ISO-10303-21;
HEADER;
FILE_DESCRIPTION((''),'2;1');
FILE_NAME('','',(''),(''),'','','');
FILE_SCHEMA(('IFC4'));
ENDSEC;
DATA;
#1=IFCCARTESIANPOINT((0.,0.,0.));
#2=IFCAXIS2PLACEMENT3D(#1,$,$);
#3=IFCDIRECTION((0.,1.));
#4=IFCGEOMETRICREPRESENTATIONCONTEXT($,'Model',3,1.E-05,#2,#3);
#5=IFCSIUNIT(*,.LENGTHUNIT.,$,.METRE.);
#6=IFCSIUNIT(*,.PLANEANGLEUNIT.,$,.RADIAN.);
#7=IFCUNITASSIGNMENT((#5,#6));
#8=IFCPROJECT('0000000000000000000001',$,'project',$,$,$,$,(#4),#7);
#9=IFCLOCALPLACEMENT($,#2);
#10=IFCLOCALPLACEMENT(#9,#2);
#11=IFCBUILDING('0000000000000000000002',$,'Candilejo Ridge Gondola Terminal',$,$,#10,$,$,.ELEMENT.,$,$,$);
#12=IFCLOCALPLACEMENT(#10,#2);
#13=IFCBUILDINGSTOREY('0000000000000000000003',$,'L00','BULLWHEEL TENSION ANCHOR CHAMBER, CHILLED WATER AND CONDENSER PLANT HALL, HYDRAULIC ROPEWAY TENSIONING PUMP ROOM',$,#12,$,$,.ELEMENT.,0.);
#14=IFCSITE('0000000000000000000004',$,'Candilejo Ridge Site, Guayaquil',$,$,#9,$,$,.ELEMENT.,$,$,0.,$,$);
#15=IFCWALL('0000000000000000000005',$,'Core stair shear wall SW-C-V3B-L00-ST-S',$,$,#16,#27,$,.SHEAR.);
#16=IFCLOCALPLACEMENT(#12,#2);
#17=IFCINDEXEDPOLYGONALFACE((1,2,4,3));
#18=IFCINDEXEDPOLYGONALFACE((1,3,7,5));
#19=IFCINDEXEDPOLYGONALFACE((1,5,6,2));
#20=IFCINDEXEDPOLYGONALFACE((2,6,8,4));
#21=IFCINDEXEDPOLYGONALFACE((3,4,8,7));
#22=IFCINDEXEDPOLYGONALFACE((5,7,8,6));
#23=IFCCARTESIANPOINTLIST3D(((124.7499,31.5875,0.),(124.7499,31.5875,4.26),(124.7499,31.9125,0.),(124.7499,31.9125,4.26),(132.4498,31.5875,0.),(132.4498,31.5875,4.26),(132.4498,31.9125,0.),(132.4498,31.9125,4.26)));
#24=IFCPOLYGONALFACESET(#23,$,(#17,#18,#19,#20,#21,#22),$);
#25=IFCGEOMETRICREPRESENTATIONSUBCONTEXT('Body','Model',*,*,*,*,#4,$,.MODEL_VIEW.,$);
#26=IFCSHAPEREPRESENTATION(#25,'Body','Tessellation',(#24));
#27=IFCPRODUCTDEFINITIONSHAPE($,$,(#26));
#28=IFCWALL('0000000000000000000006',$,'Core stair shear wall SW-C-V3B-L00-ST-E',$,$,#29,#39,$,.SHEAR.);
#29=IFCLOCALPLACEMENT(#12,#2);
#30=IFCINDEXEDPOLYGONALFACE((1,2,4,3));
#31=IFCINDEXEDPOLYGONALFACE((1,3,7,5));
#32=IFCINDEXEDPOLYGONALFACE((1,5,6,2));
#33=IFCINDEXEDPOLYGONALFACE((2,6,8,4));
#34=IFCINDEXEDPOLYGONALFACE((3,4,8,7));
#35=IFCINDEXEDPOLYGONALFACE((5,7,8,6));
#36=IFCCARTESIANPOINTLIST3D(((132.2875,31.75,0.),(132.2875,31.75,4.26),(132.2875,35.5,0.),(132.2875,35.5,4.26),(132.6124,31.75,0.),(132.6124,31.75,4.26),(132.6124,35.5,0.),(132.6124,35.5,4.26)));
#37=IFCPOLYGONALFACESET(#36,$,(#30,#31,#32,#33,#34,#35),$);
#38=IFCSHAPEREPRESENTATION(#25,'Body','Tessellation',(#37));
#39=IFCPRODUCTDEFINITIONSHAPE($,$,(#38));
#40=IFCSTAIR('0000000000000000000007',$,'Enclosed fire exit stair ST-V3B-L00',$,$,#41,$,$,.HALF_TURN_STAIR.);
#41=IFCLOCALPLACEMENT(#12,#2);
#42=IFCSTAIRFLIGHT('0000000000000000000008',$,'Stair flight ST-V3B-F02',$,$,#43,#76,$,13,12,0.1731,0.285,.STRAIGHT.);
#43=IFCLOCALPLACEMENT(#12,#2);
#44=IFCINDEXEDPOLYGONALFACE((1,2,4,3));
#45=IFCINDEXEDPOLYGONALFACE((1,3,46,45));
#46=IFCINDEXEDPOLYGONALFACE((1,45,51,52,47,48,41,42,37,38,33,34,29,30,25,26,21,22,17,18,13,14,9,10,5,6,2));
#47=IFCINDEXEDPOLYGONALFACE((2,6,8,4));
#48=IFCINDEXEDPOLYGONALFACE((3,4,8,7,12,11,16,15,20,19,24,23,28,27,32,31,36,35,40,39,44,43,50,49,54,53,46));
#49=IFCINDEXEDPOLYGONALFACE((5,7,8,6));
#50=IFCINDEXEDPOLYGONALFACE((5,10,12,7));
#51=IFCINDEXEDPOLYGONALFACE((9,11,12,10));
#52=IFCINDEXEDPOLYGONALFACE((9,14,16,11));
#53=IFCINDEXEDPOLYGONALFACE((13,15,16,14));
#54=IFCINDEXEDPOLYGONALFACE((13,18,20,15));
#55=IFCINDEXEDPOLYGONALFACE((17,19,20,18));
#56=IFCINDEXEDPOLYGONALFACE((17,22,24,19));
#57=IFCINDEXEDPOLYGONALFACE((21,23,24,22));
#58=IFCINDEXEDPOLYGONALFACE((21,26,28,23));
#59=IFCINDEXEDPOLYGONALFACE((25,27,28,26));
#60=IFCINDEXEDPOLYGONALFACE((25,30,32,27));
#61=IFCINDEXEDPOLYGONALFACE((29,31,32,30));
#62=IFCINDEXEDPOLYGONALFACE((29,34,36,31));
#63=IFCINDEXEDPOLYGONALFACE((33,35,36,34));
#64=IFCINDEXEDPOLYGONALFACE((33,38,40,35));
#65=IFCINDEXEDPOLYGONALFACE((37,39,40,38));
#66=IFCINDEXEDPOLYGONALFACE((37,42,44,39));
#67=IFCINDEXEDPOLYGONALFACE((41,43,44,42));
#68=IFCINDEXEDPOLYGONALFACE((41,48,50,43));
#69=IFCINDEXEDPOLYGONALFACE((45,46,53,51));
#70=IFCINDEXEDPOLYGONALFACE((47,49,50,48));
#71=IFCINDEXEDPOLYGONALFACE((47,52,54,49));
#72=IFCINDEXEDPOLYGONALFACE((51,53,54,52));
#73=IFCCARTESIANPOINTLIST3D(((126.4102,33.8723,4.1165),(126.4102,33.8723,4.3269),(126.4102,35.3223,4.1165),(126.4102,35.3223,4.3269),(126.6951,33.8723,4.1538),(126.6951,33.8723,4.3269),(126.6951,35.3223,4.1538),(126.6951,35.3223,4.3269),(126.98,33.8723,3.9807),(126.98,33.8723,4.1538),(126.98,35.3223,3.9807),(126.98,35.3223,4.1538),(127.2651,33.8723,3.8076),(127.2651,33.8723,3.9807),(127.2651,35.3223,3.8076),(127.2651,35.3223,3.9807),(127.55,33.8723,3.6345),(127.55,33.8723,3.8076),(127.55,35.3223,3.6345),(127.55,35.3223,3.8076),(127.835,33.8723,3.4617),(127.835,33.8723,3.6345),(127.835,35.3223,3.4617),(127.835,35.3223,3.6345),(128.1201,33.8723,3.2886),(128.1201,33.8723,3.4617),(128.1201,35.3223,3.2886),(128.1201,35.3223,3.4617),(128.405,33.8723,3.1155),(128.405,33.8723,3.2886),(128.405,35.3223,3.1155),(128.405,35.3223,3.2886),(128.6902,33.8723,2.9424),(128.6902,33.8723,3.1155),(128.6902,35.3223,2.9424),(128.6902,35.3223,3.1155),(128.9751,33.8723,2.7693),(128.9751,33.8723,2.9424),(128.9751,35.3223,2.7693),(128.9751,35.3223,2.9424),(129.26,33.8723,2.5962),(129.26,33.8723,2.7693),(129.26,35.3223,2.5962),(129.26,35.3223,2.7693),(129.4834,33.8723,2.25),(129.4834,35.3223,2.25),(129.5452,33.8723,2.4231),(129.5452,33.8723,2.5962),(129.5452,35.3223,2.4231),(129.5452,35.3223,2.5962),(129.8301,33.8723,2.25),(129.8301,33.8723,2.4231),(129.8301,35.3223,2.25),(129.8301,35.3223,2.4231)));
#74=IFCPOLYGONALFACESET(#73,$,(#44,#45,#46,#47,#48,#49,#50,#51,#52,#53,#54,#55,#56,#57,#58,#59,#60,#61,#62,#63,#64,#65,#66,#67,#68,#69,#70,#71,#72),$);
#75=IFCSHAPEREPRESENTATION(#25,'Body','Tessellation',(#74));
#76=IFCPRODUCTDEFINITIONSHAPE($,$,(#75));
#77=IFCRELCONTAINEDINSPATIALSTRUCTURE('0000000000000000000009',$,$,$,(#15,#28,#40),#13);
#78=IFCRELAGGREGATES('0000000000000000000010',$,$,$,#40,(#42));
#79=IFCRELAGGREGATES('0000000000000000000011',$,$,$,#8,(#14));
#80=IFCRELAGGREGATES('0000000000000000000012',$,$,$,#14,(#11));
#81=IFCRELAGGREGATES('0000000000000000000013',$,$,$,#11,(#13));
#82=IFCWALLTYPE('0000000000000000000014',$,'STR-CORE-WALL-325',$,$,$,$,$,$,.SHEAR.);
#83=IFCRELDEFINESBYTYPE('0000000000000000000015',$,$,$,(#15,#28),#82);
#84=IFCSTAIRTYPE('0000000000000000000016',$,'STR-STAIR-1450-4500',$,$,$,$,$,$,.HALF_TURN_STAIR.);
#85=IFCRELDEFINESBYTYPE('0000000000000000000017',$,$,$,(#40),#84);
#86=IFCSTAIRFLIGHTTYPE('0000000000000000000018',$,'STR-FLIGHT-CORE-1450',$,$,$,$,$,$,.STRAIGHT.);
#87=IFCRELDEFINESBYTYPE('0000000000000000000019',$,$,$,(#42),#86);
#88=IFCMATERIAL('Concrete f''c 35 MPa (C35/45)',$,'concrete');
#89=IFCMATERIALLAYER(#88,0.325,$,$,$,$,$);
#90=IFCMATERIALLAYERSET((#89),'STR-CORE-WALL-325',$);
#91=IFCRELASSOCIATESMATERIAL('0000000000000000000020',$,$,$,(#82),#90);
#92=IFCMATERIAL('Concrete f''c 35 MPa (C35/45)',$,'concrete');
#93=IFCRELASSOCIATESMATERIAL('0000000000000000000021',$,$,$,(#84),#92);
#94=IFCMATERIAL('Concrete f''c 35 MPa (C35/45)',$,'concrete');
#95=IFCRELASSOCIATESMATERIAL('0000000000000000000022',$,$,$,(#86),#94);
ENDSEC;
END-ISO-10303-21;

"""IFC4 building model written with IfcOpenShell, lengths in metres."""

from ifc_helpers import new_model, si_unit, direction, frame, frame_2d, origin, place, context, subcontext, project, spatial, polyline, rectangle, outline, extrude, material, layer, layer_set, type_object, element, aggregate, save


model = new_model("IFC4")

# Units and contexts
model_context = context("Model", 3, precision=1e-05, world=origin(), true_north=direction((0.0, 1.0)))
body_context = subcontext(model_context, "Body", "Model", "MODEL_VIEW")
ifc_project = project(units=[si_unit("LENGTHUNIT", "METRE"), si_unit("PLANEANGLEUNIT", "RADIAN")], contexts=[model_context])

# Site, building, storey
site_placement = place(None, origin())
site = spatial("IfcSite", under=ifc_project, at=site_placement, Name="Candilejo Ridge Site, Guayaquil", CompositionType="ELEMENT", RefElevation=0.0)
building_placement = place(site_placement, origin())
building = spatial("IfcBuilding", under=site, at=building_placement, Name="Candilejo Ridge Gondola Terminal", CompositionType="ELEMENT")
storey_placement = place(building_placement, origin())
storey = spatial("IfcBuildingStorey", under=building, at=storey_placement, Name="L00", Description="BULLWHEEL TENSION ANCHOR CHAMBER, CHILLED WATER AND CONDENSER PLANT HALL, HYDRAULIC ROPEWAY TENSIONING PUMP ROOM", CompositionType="ELEMENT", Elevation=0.0)

# Walls
ifc_material_1 = material(Name="Concrete f'c 35 MPa (C35/45)", Category="concrete")
ifc_layer_1 = layer(ifc_material_1, 0.325)
ifc_layer_set_1 = layer_set([ifc_layer_1], Name="STR-CORE-WALL-325")
wall_type_1 = type_object("IfcWallType", Name="STR-CORE-WALL-325", PredefinedType="SHEAR", material=ifc_layer_set_1)
wall_1_placement = place(storey_placement, frame((132.45, 31.75, 0.0), z_axis=(0.0, 0.0, 1.0), x_axis=(-1.0, 0.0, 0.0)))
element("IfcWall", 1, at=wall_1_placement, inside=storey, type_object=wall_type_1, Name="Core stair shear wall SW-C-V3B-L00-ST-S", PredefinedType="SHEAR", context=body_context, shape_type="SweptSolid", body=[
    extrude(rectangle(XDim=7.7, YDim=0.325, at=frame_2d((3.8501, 0.0))), origin(), (0.0, 0.0, 1.0), 4.26),
])
wall_2_placement = place(storey_placement, frame((132.45, 35.5, 0.0), z_axis=(0.0, 0.0, 1.0), x_axis=(0.0, -1.0, 0.0)))
element("IfcWall", 2, at=wall_2_placement, inside=storey, type_object=wall_type_1, Name="Core stair shear wall SW-C-V3B-L00-ST-E", PredefinedType="SHEAR", context=body_context, shape_type="SweptSolid", body=[
    extrude(rectangle(XDim=3.75, YDim=0.325, at=frame_2d((1.875, 0.0))), origin(), (0.0, 0.0, 1.0), 4.26),
])

# Stair, stair flight
ifc_material_2 = material(Name="Concrete f'c 35 MPa (C35/45)", Category="concrete")
stair_type = type_object("IfcStairType", Name="STR-STAIR-1450-4500", PredefinedType="HALF_TURN_STAIR", material=ifc_material_2)
stair_placement = place(storey_placement, origin())
stair = element("IfcStair", 3, at=stair_placement, inside=storey, type_object=stair_type, Name="Enclosed fire exit stair ST-V3B-L00", PredefinedType="HALF_TURN_STAIR")
ifc_material_3 = material(Name="Concrete f'c 35 MPa (C35/45)", Category="concrete")
stair_flight_type = type_object("IfcStairFlightType", Name="STR-FLIGHT-CORE-1450", PredefinedType="STRAIGHT", material=ifc_material_3)
stair_flight_placement = place(storey_placement, frame((129.8301, 34.5974, 2.25), z_axis=(0.0, 0.0, 1.0), x_axis=(-1.0, 0.0, 0.0)))
stair_flight = element("IfcStairFlight", 4, at=stair_flight_placement, type_object=stair_flight_type, Name="Stair flight ST-V3B-F02", NumberOfRisers=13, NumberOfTreads=12, PredefinedType="STRAIGHT", RiserHeight=0.1731, TreadLength=0.285, context=body_context, shape_type="SweptSolid", body=[
    extrude(outline(polyline([(0.0, 0.0), (0.0, 0.1731), (0.2849, 0.1731), (0.2849, 0.3462), (0.5701, 0.3462), (0.5701, 0.5193), (0.855, 0.5193), (0.855, 0.6924), (1.1399, 0.6924), (1.1399, 0.8655), (1.425, 0.8655), (1.425, 1.0386), (1.71, 1.0386), (1.71, 1.2117), (1.9951, 1.2117), (1.9951, 1.3845), (2.28, 1.3845), (2.28, 1.5576), (2.5649, 1.5576), (2.5649, 1.7307), (2.8501, 1.7307), (2.8501, 1.9038), (3.135, 1.9038), (3.135, 2.0769), (3.4199, 2.0769), (3.4199, 2.25), (3.4199, 1.8665), (0.3467, 0.0), (0.0, 0.0)])), frame((0.0, 0.7251, 0.0), z_axis=(0.0, -1.0, 0.0), x_axis=(1.0, 0.0, 0.0)), (0.0, 0.0, 1.0), 1.45),
])
aggregate(stair, [stair_flight])

save(model, "model.ifc")
